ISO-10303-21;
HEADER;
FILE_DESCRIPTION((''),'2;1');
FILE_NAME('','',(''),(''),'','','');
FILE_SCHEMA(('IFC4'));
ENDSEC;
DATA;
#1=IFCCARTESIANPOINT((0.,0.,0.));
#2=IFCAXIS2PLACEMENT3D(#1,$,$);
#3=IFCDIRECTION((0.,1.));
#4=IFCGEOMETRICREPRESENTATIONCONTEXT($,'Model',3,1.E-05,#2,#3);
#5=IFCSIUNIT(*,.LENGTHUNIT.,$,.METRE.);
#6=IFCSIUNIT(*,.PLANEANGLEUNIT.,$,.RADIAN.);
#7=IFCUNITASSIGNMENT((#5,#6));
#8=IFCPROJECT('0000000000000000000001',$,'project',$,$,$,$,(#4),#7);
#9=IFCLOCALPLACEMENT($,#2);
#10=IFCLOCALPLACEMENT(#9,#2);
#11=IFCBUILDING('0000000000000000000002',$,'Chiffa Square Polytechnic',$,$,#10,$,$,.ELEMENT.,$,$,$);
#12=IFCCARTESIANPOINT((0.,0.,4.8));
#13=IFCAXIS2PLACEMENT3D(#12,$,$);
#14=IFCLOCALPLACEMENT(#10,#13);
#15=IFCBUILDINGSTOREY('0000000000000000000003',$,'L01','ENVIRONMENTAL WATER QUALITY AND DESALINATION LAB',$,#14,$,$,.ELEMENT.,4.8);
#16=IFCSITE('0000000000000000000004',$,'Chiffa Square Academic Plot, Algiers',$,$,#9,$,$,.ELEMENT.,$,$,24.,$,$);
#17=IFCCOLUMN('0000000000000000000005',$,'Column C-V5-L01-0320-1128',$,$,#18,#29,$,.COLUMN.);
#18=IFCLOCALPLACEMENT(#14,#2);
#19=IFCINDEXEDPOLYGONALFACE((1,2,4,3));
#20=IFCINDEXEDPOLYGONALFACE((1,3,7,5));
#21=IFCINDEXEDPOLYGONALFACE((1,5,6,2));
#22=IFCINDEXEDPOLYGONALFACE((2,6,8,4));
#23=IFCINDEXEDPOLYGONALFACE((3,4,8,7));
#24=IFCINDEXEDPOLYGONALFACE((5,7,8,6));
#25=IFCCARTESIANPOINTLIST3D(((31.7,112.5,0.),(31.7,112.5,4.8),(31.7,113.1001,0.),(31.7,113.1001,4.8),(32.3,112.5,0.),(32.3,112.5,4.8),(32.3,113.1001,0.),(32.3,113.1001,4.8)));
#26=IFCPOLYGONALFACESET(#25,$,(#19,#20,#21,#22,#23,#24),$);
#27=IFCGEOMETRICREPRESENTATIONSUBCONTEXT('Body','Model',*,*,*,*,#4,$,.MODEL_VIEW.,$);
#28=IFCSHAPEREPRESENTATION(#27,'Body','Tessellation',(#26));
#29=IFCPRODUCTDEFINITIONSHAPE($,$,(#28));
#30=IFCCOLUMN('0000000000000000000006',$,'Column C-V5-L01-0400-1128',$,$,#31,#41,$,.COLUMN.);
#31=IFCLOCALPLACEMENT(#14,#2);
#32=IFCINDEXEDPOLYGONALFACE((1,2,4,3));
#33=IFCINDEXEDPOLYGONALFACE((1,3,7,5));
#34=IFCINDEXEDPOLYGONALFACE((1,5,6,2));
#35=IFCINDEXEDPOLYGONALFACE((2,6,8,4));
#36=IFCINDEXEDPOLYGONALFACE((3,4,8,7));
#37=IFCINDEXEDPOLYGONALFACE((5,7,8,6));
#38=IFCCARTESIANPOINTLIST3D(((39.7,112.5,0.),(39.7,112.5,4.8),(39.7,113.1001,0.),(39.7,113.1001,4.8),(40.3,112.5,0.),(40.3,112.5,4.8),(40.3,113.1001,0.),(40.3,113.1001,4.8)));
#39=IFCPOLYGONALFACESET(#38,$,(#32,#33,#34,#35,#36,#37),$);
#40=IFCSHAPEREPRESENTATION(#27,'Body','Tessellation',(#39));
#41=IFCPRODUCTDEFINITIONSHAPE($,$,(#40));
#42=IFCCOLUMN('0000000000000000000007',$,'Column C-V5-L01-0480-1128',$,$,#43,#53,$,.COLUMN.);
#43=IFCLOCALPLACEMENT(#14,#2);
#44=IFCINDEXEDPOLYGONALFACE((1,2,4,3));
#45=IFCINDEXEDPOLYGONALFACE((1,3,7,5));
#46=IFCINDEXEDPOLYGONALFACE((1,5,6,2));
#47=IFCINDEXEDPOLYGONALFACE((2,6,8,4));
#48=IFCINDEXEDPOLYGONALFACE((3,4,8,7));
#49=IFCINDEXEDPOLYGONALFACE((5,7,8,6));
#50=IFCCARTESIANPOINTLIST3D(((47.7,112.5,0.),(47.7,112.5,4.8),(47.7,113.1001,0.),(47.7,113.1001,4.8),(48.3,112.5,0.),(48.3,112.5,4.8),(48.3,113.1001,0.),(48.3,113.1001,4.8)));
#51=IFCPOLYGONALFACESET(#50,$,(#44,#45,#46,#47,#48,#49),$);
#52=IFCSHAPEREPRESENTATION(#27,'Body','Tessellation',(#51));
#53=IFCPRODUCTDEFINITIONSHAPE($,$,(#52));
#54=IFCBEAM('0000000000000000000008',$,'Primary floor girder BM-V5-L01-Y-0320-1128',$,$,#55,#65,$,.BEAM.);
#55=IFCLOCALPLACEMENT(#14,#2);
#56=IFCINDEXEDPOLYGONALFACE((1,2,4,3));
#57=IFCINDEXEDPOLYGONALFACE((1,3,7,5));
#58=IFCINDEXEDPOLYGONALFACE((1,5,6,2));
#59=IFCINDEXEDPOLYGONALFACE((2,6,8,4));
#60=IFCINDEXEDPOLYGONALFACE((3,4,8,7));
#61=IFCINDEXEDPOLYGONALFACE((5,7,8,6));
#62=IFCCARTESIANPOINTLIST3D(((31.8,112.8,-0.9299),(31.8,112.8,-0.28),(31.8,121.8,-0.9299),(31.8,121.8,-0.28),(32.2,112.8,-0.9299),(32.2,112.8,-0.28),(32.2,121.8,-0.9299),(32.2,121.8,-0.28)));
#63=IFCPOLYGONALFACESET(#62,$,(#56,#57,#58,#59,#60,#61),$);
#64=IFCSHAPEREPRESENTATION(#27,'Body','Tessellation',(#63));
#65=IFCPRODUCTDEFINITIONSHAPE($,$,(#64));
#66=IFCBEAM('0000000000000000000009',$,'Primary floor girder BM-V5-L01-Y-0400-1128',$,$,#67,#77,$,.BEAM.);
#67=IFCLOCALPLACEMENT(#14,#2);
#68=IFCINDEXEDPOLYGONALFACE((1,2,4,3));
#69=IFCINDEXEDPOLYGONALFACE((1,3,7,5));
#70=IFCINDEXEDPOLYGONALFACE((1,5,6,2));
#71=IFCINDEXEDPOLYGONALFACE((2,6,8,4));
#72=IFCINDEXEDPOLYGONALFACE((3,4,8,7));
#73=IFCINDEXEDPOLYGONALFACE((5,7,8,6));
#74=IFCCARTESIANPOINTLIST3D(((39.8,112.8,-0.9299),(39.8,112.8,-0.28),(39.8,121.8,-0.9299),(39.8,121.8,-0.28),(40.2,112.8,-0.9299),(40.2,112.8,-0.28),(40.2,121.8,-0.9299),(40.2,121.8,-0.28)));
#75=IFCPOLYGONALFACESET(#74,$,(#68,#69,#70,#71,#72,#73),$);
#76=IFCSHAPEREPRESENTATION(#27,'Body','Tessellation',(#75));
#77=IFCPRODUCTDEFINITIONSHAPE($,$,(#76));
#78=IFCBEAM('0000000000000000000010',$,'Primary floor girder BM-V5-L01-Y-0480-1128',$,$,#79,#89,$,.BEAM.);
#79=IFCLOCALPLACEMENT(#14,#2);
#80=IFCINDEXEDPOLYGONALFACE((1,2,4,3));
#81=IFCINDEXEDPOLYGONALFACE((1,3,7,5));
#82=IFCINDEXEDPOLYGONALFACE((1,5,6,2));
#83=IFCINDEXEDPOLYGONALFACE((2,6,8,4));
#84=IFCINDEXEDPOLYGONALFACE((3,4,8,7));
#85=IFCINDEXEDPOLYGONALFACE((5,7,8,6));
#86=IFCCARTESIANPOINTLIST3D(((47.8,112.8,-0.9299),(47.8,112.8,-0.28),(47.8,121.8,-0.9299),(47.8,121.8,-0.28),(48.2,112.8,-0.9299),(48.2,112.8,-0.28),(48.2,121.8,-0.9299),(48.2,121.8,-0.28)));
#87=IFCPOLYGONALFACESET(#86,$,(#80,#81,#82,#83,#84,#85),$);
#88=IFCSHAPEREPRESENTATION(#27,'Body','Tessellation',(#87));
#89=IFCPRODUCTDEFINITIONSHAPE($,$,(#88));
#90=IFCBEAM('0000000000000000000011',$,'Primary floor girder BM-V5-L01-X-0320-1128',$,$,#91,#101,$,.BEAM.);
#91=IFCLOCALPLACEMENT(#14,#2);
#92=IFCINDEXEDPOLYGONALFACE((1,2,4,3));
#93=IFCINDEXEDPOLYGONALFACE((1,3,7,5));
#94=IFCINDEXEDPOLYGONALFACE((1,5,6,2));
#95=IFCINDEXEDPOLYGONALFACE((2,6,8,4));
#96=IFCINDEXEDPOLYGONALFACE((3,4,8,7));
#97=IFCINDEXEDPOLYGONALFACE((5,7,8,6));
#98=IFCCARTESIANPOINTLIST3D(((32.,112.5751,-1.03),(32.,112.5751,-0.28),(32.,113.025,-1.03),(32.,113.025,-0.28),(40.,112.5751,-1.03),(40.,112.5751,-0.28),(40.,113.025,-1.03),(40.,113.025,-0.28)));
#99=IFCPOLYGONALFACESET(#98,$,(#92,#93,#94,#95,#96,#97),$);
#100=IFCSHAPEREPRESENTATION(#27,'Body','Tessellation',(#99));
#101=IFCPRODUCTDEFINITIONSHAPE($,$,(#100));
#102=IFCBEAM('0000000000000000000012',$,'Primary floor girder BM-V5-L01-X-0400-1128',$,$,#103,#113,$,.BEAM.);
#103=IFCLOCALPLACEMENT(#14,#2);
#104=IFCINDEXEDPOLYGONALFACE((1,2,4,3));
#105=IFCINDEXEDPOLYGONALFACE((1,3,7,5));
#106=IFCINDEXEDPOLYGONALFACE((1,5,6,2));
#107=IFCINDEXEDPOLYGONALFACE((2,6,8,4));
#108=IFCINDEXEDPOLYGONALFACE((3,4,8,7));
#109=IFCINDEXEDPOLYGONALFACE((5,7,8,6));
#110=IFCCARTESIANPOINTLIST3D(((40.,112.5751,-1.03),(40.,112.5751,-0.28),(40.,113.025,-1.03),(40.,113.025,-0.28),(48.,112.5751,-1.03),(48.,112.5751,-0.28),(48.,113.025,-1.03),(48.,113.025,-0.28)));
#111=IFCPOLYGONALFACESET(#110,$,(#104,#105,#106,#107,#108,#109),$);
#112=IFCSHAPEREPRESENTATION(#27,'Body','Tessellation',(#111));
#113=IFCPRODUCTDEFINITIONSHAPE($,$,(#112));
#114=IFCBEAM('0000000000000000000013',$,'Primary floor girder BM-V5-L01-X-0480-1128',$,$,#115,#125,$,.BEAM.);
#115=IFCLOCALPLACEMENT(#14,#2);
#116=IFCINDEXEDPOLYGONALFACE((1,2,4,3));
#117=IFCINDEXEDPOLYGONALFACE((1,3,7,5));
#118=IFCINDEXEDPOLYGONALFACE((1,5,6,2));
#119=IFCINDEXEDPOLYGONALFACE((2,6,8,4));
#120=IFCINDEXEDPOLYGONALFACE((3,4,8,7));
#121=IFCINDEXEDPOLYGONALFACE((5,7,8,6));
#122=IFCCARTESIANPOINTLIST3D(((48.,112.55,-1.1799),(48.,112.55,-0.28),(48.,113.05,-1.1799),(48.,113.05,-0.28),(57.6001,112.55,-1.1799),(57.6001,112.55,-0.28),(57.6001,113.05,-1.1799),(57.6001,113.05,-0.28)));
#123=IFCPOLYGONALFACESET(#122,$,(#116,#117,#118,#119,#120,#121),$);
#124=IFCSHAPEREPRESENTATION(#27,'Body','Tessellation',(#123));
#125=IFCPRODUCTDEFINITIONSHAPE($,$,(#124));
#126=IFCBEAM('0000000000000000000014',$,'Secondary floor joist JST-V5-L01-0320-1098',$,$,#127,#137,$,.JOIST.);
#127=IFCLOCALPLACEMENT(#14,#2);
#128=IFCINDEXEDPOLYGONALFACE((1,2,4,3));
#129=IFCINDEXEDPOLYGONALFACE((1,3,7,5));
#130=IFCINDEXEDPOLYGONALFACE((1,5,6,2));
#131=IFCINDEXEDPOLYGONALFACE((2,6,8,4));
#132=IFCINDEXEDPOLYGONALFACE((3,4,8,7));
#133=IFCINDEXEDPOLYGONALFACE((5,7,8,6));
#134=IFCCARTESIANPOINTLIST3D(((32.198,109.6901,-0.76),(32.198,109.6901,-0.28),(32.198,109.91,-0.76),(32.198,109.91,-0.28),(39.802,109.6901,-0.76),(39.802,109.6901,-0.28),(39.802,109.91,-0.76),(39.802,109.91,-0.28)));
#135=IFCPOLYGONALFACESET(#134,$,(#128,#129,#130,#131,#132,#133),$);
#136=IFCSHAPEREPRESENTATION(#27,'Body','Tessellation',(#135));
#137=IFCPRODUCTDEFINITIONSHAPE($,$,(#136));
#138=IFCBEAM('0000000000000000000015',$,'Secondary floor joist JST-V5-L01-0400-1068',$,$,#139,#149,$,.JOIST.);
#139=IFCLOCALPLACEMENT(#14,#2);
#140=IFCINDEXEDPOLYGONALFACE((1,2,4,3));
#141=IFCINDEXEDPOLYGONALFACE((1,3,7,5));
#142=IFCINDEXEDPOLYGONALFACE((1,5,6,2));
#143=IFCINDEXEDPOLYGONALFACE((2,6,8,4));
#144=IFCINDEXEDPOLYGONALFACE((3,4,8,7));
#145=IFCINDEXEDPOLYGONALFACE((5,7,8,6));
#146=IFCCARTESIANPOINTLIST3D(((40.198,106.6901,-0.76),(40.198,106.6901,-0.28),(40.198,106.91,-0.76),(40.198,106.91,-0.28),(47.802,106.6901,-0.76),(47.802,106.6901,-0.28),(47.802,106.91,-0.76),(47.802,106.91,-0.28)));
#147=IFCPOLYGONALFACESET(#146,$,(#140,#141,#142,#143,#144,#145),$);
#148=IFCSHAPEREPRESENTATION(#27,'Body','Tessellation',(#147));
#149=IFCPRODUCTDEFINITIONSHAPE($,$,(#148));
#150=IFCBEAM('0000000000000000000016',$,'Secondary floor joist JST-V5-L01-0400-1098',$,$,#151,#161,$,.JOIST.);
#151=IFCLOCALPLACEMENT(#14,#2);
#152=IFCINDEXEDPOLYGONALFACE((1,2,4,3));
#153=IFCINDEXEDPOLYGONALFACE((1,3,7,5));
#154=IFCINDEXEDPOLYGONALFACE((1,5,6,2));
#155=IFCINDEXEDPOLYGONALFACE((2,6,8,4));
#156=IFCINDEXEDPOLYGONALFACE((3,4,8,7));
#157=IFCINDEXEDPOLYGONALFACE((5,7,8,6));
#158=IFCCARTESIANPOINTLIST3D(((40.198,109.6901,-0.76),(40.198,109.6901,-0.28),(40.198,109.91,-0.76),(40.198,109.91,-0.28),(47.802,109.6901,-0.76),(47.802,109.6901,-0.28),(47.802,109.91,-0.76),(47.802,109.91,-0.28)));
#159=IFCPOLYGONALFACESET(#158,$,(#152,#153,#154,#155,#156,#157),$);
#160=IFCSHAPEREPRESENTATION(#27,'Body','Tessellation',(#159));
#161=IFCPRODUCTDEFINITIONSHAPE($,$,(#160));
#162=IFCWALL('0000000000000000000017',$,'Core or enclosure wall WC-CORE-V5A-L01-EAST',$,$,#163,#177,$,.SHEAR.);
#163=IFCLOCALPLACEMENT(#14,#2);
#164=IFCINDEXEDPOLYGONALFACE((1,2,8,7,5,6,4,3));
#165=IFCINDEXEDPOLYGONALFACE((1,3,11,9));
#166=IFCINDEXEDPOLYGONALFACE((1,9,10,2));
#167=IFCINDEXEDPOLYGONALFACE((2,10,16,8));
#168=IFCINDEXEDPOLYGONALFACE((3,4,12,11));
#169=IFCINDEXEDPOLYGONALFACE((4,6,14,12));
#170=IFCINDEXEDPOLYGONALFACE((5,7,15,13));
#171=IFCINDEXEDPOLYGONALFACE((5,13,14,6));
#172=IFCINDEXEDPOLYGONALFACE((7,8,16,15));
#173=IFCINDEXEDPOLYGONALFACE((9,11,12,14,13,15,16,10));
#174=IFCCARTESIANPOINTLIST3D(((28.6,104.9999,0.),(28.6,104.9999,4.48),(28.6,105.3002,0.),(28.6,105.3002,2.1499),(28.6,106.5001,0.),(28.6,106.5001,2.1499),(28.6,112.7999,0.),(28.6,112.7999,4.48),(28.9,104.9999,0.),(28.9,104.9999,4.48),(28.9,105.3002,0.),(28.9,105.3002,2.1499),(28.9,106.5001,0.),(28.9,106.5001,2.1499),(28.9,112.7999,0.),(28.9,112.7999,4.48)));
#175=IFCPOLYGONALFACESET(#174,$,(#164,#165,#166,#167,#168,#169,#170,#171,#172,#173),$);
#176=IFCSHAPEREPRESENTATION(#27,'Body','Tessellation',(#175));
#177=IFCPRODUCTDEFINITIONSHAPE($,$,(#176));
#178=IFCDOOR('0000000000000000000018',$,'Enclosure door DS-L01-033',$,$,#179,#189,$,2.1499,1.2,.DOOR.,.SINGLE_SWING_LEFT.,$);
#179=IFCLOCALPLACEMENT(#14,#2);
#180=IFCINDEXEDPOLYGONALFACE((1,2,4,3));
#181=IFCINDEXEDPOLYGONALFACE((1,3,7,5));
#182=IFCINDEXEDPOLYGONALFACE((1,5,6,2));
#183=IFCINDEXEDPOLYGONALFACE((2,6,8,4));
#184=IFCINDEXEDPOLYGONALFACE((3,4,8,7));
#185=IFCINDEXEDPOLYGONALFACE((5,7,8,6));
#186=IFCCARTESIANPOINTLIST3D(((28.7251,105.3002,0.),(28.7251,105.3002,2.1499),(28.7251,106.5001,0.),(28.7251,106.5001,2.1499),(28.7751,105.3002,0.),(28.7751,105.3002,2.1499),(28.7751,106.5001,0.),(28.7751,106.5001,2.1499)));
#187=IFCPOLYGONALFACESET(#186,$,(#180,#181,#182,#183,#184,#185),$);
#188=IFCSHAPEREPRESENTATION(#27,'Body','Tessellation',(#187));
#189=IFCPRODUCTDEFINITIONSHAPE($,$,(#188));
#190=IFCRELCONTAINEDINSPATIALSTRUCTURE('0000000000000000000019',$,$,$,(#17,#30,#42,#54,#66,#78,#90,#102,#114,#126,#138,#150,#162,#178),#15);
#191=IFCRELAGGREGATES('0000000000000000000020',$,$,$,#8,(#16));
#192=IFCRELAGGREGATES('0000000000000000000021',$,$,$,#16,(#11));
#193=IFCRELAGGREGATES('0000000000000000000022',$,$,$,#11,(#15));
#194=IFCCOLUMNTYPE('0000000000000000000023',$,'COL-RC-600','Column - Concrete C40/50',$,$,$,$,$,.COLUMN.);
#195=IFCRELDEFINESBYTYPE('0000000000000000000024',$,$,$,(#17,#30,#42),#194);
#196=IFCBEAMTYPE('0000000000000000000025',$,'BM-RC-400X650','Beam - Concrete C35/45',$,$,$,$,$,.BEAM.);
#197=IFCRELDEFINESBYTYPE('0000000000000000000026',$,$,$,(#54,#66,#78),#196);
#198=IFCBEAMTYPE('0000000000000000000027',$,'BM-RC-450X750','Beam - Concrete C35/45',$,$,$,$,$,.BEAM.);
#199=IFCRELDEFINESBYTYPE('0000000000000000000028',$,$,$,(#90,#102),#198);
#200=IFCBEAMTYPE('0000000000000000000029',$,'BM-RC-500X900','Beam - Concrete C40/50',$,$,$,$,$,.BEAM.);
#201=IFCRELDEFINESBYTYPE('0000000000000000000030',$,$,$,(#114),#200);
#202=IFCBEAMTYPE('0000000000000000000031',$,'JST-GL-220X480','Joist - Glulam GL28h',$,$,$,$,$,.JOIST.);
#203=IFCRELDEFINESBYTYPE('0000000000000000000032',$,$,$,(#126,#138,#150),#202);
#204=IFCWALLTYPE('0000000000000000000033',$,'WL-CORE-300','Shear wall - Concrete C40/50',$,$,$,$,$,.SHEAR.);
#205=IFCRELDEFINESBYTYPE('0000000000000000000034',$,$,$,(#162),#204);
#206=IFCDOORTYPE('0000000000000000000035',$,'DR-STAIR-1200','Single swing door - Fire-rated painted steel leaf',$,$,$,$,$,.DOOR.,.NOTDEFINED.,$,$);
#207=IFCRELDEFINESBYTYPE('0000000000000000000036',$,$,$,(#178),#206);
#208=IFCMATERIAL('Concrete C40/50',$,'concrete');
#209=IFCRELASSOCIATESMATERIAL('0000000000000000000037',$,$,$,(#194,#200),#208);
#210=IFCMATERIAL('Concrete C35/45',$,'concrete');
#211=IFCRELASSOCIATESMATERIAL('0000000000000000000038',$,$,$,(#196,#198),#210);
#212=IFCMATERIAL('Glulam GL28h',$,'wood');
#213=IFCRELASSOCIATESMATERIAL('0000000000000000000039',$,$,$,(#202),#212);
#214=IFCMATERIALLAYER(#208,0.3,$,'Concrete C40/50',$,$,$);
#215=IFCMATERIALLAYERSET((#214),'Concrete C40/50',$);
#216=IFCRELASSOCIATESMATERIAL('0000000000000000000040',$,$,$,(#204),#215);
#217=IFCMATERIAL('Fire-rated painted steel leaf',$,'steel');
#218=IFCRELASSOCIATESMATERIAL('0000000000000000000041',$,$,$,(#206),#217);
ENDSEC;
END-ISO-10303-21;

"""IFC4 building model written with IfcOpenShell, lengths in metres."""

from ifc_helpers import new_model, si_unit, direction, frame, frame_2d, origin, origin_2d, place, context, subcontext, project, spatial, rectangle, extrude, material, layer, layer_set, material_profile, profile_set, type_object, element, fill, save


model = new_model("IFC4")

# Units and contexts
model_context = context("Model", 3, precision=1e-05, world=origin(), true_north=direction((0.0, 1.0)))
body_context = subcontext(model_context, "Body", "Model", "MODEL_VIEW")
ifc_project = project(units=[si_unit("LENGTHUNIT", "METRE"), si_unit("PLANEANGLEUNIT", "RADIAN")], contexts=[model_context])

# Site, building, storey
site_placement = place(None, origin())
site = spatial("IfcSite", under=ifc_project, at=site_placement, Name="Chiffa Square Academic Plot, Algiers", CompositionType="ELEMENT", RefElevation=24.0)
building_placement = place(site_placement, origin())
building = spatial("IfcBuilding", under=site, at=building_placement, Name="Chiffa Square Polytechnic", CompositionType="ELEMENT")
storey_placement = place(building_placement, frame((0.0, 0.0, 4.8)))
storey = spatial("IfcBuildingStorey", under=building, at=storey_placement, Name="L01", Description="ENVIRONMENTAL WATER QUALITY AND DESALINATION LAB", CompositionType="ELEMENT", Elevation=4.8)

# Columns
ifc_material_1 = material(Name="Concrete C40/50", Category="concrete")
ifc_material_profile_1 = material_profile(ifc_material_1, rectangle(XDim=0.6001, YDim=0.6001, at=origin_2d()), Name="RC 600x600")
ifc_profile_set_1 = profile_set([ifc_material_profile_1], Name="Concrete C40/50")
column_type = type_object("IfcColumnType", Name="COL-RC-600", Description="Column - Concrete C40/50", PredefinedType="COLUMN", material=ifc_profile_set_1)
for number, where, z_axis, x_axis, name in (
    (1, (32.0, 112.8, 0.0), (0.0, 0.0, 1.0), (1.0, 0.0, 0.0), "Column C-V5-L01-0320-1128"),
    (2, (40.0, 112.8, 0.0), (0.0, 0.0, 1.0), (1.0, 0.0, 0.0), "Column C-V5-L01-0400-1128"),
    (3, (48.0, 112.8, 0.0), (0.0, 0.0, 1.0), (1.0, 0.0, 0.0), "Column C-V5-L01-0480-1128"),
):
    element("IfcColumn", number, at=place(storey_placement, frame(where, z_axis=z_axis, x_axis=x_axis)), inside=storey, type_object=column_type, Name=name, PredefinedType="COLUMN", context=body_context, shape_type="SweptSolid", body=[
        extrude(rectangle(XDim=0.6001, YDim=0.6001, at=origin_2d()), origin(), (0.0, 0.0, 1.0), 4.8),
    ])

# Beams
ifc_material_2 = material(Name="Concrete C35/45", Category="concrete")
ifc_material_profile_2 = material_profile(ifc_material_2, rectangle(XDim=0.3999, YDim=0.6499, at=origin_2d()), Name="RC 400x650")
ifc_profile_set_2 = profile_set([ifc_material_profile_2], Name="Concrete C35/45")
beam_type_1 = type_object("IfcBeamType", Name="BM-RC-400X650", Description="Beam - Concrete C35/45", PredefinedType="BEAM", material=ifc_profile_set_2)
for number, where, z_axis, x_axis, name in (
    (4, (32.0, 112.8, -0.605), (0.0, 1.0, 0.0), (-1.0, 0.0, 0.0), "Primary floor girder BM-V5-L01-Y-0320-1128"),
    (5, (40.0, 112.8, -0.605), (0.0, 1.0, 0.0), (-1.0, 0.0, 0.0), "Primary floor girder BM-V5-L01-Y-0400-1128"),
    (6, (48.0, 112.8, -0.605), (0.0, 1.0, 0.0), (-1.0, 0.0, 0.0), "Primary floor girder BM-V5-L01-Y-0480-1128"),
):
    element("IfcBeam", number, at=place(storey_placement, frame(where, z_axis=z_axis, x_axis=x_axis)), inside=storey, type_object=beam_type_1, Name=name, PredefinedType="BEAM", context=body_context, shape_type="SweptSolid", body=[
        extrude(rectangle(XDim=0.3999, YDim=0.6499, at=origin_2d()), origin(), (0.0, 0.0, 1.0), 9.0),
    ])
ifc_material_profile_3 = material_profile(ifc_material_2, rectangle(XDim=0.45, YDim=0.75, at=origin_2d()), Name="RC 450x750")
ifc_profile_set_3 = profile_set([ifc_material_profile_3], Name="Concrete C35/45")
beam_type_2 = type_object("IfcBeamType", Name="BM-RC-450X750", Description="Beam - Concrete C35/45", PredefinedType="BEAM", material=ifc_profile_set_3)
for number, where, z_axis, x_axis, name in (
    (7, (32.0, 112.8, -0.655), (1.0, 0.0, 0.0), (0.0, 1.0, 0.0), "Primary floor girder BM-V5-L01-X-0320-1128"),
    (8, (40.0, 112.8, -0.655), (1.0, 0.0, 0.0), (0.0, 1.0, 0.0), "Primary floor girder BM-V5-L01-X-0400-1128"),
):
    element("IfcBeam", number, at=place(storey_placement, frame(where, z_axis=z_axis, x_axis=x_axis)), inside=storey, type_object=beam_type_2, Name=name, PredefinedType="BEAM", context=body_context, shape_type="SweptSolid", body=[
        extrude(rectangle(XDim=0.45, YDim=0.75, at=origin_2d()), origin(), (0.0, 0.0, 1.0), 8.0),
    ])
ifc_material_profile_4 = material_profile(ifc_material_1, rectangle(XDim=0.5, YDim=0.8999, at=origin_2d()), Name="RC 500x900")
ifc_profile_set_4 = profile_set([ifc_material_profile_4], Name="Concrete C40/50")
beam_type_3 = type_object("IfcBeamType", Name="BM-RC-500X900", Description="Beam - Concrete C40/50", PredefinedType="BEAM", material=ifc_profile_set_4)
beam_placement = place(storey_placement, frame((48.0, 112.8, -0.73), z_axis=(1.0, 0.0, 0.0), x_axis=(0.0, 1.0, 0.0)))
element("IfcBeam", 9, at=beam_placement, inside=storey, type_object=beam_type_3, Name="Primary floor girder BM-V5-L01-X-0480-1128", PredefinedType="BEAM", context=body_context, shape_type="SweptSolid", body=[
    extrude(rectangle(XDim=0.5, YDim=0.8999, at=origin_2d()), origin(), (0.0, 0.0, 1.0), 9.6001),
])
ifc_material_3 = material(Name="Glulam GL28h", Category="wood")
ifc_material_profile_5 = material_profile(ifc_material_3, rectangle(XDim=0.22, YDim=0.48, at=origin_2d()), Name="GL28h 220x480")
ifc_profile_set_5 = profile_set([ifc_material_profile_5], Name="Glulam GL28h")
beam_type_4 = type_object("IfcBeamType", Name="JST-GL-220X480", Description="Joist - Glulam GL28h", PredefinedType="JOIST", material=ifc_profile_set_5)
for number, where, z_axis, x_axis, name in (
    (10, (32.198, 109.8, -0.52), (1.0, 0.0, 0.0), (0.0, 1.0, 0.0), "Secondary floor joist JST-V5-L01-0320-1098"),
    (11, (40.198, 106.8, -0.52), (1.0, 0.0, 0.0), (0.0, 1.0, 0.0), "Secondary floor joist JST-V5-L01-0400-1068"),
    (12, (40.198, 109.8, -0.52), (1.0, 0.0, 0.0), (0.0, 1.0, 0.0), "Secondary floor joist JST-V5-L01-0400-1098"),
):
    element("IfcBeam", number, at=place(storey_placement, frame(where, z_axis=z_axis, x_axis=x_axis)), inside=storey, type_object=beam_type_4, Name=name, PredefinedType="JOIST", context=body_context, shape_type="SweptSolid", body=[
        extrude(rectangle(XDim=0.22, YDim=0.48, at=origin_2d()), origin(), (0.0, 0.0, 1.0), 7.604),
    ])

# Wall, opening, door
ifc_layer_1 = layer(ifc_material_1, 0.3, Name="Concrete C40/50")
ifc_layer_set_1 = layer_set([ifc_layer_1], Name="Concrete C40/50")
wall_type_1 = type_object("IfcWallType", Name="WL-CORE-300", Description="Shear wall - Concrete C40/50", PredefinedType="SHEAR", material=ifc_layer_set_1)
wall_1_placement = place(storey_placement, frame((28.75, 105.0, 0.0), z_axis=(0.0, 0.0, 1.0), x_axis=(0.0, 1.0, 0.0)))
wall_1 = element("IfcWall", 13, at=wall_1_placement, inside=storey, type_object=wall_type_1, Name="Core or enclosure wall WC-CORE-V5A-L01-EAST", PredefinedType="SHEAR", context=body_context, shape_type="SweptSolid", body=[
    extrude(rectangle(XDim=7.8, YDim=0.3, at=frame_2d((3.8999, 0.0))), origin(), (0.0, 0.0, 1.0), 4.48),
])
opening_1_placement = place(wall_1_placement, frame((0.3, 0.0, 0.0)))
opening_1 = element("IfcOpeningElement", 14, at=opening_1_placement, cuts=wall_1, PredefinedType="OPENING", context=body_context, shape_type="SweptSolid", body=[
    extrude(rectangle(XDim=1.2, YDim=2.1499, at=frame_2d((0.6001, 1.075))), frame((0.0, 0.1602, 0.0), z_axis=(0.0, -1.0, 0.0), x_axis=(1.0, 0.0, 0.0)), (0.0, 0.0, 1.0), 0.3201),
])
ifc_material_4 = material(Name="Fire-rated painted steel leaf", Category="steel")
door_type_1 = type_object("IfcDoorType", Name="DR-STAIR-1200", Description="Single swing door - Fire-rated painted steel leaf", OperationType="NOTDEFINED", PredefinedType="DOOR", material=ifc_material_4)
door_1_placement = place(opening_1_placement, origin())
door_1 = element("IfcDoor", 15, at=door_1_placement, inside=storey, type_object=door_type_1, Name="Enclosure door DS-L01-033", OperationType="SINGLE_SWING_LEFT", OverallHeight=2.1499, OverallWidth=1.2, PredefinedType="DOOR", context=body_context, shape_type="SweptSolid", body=[
    extrude(rectangle(XDim=1.2, YDim=2.1499, at=frame_2d((0.6001, 1.075))), frame((0.0, 0.0249, 0.0), z_axis=(0.0, -1.0, 0.0), x_axis=(1.0, 0.0, 0.0)), (0.0, 0.0, 1.0), 0.05),
])
fill(opening_1, door_1)

save(model, "model.ifc")
